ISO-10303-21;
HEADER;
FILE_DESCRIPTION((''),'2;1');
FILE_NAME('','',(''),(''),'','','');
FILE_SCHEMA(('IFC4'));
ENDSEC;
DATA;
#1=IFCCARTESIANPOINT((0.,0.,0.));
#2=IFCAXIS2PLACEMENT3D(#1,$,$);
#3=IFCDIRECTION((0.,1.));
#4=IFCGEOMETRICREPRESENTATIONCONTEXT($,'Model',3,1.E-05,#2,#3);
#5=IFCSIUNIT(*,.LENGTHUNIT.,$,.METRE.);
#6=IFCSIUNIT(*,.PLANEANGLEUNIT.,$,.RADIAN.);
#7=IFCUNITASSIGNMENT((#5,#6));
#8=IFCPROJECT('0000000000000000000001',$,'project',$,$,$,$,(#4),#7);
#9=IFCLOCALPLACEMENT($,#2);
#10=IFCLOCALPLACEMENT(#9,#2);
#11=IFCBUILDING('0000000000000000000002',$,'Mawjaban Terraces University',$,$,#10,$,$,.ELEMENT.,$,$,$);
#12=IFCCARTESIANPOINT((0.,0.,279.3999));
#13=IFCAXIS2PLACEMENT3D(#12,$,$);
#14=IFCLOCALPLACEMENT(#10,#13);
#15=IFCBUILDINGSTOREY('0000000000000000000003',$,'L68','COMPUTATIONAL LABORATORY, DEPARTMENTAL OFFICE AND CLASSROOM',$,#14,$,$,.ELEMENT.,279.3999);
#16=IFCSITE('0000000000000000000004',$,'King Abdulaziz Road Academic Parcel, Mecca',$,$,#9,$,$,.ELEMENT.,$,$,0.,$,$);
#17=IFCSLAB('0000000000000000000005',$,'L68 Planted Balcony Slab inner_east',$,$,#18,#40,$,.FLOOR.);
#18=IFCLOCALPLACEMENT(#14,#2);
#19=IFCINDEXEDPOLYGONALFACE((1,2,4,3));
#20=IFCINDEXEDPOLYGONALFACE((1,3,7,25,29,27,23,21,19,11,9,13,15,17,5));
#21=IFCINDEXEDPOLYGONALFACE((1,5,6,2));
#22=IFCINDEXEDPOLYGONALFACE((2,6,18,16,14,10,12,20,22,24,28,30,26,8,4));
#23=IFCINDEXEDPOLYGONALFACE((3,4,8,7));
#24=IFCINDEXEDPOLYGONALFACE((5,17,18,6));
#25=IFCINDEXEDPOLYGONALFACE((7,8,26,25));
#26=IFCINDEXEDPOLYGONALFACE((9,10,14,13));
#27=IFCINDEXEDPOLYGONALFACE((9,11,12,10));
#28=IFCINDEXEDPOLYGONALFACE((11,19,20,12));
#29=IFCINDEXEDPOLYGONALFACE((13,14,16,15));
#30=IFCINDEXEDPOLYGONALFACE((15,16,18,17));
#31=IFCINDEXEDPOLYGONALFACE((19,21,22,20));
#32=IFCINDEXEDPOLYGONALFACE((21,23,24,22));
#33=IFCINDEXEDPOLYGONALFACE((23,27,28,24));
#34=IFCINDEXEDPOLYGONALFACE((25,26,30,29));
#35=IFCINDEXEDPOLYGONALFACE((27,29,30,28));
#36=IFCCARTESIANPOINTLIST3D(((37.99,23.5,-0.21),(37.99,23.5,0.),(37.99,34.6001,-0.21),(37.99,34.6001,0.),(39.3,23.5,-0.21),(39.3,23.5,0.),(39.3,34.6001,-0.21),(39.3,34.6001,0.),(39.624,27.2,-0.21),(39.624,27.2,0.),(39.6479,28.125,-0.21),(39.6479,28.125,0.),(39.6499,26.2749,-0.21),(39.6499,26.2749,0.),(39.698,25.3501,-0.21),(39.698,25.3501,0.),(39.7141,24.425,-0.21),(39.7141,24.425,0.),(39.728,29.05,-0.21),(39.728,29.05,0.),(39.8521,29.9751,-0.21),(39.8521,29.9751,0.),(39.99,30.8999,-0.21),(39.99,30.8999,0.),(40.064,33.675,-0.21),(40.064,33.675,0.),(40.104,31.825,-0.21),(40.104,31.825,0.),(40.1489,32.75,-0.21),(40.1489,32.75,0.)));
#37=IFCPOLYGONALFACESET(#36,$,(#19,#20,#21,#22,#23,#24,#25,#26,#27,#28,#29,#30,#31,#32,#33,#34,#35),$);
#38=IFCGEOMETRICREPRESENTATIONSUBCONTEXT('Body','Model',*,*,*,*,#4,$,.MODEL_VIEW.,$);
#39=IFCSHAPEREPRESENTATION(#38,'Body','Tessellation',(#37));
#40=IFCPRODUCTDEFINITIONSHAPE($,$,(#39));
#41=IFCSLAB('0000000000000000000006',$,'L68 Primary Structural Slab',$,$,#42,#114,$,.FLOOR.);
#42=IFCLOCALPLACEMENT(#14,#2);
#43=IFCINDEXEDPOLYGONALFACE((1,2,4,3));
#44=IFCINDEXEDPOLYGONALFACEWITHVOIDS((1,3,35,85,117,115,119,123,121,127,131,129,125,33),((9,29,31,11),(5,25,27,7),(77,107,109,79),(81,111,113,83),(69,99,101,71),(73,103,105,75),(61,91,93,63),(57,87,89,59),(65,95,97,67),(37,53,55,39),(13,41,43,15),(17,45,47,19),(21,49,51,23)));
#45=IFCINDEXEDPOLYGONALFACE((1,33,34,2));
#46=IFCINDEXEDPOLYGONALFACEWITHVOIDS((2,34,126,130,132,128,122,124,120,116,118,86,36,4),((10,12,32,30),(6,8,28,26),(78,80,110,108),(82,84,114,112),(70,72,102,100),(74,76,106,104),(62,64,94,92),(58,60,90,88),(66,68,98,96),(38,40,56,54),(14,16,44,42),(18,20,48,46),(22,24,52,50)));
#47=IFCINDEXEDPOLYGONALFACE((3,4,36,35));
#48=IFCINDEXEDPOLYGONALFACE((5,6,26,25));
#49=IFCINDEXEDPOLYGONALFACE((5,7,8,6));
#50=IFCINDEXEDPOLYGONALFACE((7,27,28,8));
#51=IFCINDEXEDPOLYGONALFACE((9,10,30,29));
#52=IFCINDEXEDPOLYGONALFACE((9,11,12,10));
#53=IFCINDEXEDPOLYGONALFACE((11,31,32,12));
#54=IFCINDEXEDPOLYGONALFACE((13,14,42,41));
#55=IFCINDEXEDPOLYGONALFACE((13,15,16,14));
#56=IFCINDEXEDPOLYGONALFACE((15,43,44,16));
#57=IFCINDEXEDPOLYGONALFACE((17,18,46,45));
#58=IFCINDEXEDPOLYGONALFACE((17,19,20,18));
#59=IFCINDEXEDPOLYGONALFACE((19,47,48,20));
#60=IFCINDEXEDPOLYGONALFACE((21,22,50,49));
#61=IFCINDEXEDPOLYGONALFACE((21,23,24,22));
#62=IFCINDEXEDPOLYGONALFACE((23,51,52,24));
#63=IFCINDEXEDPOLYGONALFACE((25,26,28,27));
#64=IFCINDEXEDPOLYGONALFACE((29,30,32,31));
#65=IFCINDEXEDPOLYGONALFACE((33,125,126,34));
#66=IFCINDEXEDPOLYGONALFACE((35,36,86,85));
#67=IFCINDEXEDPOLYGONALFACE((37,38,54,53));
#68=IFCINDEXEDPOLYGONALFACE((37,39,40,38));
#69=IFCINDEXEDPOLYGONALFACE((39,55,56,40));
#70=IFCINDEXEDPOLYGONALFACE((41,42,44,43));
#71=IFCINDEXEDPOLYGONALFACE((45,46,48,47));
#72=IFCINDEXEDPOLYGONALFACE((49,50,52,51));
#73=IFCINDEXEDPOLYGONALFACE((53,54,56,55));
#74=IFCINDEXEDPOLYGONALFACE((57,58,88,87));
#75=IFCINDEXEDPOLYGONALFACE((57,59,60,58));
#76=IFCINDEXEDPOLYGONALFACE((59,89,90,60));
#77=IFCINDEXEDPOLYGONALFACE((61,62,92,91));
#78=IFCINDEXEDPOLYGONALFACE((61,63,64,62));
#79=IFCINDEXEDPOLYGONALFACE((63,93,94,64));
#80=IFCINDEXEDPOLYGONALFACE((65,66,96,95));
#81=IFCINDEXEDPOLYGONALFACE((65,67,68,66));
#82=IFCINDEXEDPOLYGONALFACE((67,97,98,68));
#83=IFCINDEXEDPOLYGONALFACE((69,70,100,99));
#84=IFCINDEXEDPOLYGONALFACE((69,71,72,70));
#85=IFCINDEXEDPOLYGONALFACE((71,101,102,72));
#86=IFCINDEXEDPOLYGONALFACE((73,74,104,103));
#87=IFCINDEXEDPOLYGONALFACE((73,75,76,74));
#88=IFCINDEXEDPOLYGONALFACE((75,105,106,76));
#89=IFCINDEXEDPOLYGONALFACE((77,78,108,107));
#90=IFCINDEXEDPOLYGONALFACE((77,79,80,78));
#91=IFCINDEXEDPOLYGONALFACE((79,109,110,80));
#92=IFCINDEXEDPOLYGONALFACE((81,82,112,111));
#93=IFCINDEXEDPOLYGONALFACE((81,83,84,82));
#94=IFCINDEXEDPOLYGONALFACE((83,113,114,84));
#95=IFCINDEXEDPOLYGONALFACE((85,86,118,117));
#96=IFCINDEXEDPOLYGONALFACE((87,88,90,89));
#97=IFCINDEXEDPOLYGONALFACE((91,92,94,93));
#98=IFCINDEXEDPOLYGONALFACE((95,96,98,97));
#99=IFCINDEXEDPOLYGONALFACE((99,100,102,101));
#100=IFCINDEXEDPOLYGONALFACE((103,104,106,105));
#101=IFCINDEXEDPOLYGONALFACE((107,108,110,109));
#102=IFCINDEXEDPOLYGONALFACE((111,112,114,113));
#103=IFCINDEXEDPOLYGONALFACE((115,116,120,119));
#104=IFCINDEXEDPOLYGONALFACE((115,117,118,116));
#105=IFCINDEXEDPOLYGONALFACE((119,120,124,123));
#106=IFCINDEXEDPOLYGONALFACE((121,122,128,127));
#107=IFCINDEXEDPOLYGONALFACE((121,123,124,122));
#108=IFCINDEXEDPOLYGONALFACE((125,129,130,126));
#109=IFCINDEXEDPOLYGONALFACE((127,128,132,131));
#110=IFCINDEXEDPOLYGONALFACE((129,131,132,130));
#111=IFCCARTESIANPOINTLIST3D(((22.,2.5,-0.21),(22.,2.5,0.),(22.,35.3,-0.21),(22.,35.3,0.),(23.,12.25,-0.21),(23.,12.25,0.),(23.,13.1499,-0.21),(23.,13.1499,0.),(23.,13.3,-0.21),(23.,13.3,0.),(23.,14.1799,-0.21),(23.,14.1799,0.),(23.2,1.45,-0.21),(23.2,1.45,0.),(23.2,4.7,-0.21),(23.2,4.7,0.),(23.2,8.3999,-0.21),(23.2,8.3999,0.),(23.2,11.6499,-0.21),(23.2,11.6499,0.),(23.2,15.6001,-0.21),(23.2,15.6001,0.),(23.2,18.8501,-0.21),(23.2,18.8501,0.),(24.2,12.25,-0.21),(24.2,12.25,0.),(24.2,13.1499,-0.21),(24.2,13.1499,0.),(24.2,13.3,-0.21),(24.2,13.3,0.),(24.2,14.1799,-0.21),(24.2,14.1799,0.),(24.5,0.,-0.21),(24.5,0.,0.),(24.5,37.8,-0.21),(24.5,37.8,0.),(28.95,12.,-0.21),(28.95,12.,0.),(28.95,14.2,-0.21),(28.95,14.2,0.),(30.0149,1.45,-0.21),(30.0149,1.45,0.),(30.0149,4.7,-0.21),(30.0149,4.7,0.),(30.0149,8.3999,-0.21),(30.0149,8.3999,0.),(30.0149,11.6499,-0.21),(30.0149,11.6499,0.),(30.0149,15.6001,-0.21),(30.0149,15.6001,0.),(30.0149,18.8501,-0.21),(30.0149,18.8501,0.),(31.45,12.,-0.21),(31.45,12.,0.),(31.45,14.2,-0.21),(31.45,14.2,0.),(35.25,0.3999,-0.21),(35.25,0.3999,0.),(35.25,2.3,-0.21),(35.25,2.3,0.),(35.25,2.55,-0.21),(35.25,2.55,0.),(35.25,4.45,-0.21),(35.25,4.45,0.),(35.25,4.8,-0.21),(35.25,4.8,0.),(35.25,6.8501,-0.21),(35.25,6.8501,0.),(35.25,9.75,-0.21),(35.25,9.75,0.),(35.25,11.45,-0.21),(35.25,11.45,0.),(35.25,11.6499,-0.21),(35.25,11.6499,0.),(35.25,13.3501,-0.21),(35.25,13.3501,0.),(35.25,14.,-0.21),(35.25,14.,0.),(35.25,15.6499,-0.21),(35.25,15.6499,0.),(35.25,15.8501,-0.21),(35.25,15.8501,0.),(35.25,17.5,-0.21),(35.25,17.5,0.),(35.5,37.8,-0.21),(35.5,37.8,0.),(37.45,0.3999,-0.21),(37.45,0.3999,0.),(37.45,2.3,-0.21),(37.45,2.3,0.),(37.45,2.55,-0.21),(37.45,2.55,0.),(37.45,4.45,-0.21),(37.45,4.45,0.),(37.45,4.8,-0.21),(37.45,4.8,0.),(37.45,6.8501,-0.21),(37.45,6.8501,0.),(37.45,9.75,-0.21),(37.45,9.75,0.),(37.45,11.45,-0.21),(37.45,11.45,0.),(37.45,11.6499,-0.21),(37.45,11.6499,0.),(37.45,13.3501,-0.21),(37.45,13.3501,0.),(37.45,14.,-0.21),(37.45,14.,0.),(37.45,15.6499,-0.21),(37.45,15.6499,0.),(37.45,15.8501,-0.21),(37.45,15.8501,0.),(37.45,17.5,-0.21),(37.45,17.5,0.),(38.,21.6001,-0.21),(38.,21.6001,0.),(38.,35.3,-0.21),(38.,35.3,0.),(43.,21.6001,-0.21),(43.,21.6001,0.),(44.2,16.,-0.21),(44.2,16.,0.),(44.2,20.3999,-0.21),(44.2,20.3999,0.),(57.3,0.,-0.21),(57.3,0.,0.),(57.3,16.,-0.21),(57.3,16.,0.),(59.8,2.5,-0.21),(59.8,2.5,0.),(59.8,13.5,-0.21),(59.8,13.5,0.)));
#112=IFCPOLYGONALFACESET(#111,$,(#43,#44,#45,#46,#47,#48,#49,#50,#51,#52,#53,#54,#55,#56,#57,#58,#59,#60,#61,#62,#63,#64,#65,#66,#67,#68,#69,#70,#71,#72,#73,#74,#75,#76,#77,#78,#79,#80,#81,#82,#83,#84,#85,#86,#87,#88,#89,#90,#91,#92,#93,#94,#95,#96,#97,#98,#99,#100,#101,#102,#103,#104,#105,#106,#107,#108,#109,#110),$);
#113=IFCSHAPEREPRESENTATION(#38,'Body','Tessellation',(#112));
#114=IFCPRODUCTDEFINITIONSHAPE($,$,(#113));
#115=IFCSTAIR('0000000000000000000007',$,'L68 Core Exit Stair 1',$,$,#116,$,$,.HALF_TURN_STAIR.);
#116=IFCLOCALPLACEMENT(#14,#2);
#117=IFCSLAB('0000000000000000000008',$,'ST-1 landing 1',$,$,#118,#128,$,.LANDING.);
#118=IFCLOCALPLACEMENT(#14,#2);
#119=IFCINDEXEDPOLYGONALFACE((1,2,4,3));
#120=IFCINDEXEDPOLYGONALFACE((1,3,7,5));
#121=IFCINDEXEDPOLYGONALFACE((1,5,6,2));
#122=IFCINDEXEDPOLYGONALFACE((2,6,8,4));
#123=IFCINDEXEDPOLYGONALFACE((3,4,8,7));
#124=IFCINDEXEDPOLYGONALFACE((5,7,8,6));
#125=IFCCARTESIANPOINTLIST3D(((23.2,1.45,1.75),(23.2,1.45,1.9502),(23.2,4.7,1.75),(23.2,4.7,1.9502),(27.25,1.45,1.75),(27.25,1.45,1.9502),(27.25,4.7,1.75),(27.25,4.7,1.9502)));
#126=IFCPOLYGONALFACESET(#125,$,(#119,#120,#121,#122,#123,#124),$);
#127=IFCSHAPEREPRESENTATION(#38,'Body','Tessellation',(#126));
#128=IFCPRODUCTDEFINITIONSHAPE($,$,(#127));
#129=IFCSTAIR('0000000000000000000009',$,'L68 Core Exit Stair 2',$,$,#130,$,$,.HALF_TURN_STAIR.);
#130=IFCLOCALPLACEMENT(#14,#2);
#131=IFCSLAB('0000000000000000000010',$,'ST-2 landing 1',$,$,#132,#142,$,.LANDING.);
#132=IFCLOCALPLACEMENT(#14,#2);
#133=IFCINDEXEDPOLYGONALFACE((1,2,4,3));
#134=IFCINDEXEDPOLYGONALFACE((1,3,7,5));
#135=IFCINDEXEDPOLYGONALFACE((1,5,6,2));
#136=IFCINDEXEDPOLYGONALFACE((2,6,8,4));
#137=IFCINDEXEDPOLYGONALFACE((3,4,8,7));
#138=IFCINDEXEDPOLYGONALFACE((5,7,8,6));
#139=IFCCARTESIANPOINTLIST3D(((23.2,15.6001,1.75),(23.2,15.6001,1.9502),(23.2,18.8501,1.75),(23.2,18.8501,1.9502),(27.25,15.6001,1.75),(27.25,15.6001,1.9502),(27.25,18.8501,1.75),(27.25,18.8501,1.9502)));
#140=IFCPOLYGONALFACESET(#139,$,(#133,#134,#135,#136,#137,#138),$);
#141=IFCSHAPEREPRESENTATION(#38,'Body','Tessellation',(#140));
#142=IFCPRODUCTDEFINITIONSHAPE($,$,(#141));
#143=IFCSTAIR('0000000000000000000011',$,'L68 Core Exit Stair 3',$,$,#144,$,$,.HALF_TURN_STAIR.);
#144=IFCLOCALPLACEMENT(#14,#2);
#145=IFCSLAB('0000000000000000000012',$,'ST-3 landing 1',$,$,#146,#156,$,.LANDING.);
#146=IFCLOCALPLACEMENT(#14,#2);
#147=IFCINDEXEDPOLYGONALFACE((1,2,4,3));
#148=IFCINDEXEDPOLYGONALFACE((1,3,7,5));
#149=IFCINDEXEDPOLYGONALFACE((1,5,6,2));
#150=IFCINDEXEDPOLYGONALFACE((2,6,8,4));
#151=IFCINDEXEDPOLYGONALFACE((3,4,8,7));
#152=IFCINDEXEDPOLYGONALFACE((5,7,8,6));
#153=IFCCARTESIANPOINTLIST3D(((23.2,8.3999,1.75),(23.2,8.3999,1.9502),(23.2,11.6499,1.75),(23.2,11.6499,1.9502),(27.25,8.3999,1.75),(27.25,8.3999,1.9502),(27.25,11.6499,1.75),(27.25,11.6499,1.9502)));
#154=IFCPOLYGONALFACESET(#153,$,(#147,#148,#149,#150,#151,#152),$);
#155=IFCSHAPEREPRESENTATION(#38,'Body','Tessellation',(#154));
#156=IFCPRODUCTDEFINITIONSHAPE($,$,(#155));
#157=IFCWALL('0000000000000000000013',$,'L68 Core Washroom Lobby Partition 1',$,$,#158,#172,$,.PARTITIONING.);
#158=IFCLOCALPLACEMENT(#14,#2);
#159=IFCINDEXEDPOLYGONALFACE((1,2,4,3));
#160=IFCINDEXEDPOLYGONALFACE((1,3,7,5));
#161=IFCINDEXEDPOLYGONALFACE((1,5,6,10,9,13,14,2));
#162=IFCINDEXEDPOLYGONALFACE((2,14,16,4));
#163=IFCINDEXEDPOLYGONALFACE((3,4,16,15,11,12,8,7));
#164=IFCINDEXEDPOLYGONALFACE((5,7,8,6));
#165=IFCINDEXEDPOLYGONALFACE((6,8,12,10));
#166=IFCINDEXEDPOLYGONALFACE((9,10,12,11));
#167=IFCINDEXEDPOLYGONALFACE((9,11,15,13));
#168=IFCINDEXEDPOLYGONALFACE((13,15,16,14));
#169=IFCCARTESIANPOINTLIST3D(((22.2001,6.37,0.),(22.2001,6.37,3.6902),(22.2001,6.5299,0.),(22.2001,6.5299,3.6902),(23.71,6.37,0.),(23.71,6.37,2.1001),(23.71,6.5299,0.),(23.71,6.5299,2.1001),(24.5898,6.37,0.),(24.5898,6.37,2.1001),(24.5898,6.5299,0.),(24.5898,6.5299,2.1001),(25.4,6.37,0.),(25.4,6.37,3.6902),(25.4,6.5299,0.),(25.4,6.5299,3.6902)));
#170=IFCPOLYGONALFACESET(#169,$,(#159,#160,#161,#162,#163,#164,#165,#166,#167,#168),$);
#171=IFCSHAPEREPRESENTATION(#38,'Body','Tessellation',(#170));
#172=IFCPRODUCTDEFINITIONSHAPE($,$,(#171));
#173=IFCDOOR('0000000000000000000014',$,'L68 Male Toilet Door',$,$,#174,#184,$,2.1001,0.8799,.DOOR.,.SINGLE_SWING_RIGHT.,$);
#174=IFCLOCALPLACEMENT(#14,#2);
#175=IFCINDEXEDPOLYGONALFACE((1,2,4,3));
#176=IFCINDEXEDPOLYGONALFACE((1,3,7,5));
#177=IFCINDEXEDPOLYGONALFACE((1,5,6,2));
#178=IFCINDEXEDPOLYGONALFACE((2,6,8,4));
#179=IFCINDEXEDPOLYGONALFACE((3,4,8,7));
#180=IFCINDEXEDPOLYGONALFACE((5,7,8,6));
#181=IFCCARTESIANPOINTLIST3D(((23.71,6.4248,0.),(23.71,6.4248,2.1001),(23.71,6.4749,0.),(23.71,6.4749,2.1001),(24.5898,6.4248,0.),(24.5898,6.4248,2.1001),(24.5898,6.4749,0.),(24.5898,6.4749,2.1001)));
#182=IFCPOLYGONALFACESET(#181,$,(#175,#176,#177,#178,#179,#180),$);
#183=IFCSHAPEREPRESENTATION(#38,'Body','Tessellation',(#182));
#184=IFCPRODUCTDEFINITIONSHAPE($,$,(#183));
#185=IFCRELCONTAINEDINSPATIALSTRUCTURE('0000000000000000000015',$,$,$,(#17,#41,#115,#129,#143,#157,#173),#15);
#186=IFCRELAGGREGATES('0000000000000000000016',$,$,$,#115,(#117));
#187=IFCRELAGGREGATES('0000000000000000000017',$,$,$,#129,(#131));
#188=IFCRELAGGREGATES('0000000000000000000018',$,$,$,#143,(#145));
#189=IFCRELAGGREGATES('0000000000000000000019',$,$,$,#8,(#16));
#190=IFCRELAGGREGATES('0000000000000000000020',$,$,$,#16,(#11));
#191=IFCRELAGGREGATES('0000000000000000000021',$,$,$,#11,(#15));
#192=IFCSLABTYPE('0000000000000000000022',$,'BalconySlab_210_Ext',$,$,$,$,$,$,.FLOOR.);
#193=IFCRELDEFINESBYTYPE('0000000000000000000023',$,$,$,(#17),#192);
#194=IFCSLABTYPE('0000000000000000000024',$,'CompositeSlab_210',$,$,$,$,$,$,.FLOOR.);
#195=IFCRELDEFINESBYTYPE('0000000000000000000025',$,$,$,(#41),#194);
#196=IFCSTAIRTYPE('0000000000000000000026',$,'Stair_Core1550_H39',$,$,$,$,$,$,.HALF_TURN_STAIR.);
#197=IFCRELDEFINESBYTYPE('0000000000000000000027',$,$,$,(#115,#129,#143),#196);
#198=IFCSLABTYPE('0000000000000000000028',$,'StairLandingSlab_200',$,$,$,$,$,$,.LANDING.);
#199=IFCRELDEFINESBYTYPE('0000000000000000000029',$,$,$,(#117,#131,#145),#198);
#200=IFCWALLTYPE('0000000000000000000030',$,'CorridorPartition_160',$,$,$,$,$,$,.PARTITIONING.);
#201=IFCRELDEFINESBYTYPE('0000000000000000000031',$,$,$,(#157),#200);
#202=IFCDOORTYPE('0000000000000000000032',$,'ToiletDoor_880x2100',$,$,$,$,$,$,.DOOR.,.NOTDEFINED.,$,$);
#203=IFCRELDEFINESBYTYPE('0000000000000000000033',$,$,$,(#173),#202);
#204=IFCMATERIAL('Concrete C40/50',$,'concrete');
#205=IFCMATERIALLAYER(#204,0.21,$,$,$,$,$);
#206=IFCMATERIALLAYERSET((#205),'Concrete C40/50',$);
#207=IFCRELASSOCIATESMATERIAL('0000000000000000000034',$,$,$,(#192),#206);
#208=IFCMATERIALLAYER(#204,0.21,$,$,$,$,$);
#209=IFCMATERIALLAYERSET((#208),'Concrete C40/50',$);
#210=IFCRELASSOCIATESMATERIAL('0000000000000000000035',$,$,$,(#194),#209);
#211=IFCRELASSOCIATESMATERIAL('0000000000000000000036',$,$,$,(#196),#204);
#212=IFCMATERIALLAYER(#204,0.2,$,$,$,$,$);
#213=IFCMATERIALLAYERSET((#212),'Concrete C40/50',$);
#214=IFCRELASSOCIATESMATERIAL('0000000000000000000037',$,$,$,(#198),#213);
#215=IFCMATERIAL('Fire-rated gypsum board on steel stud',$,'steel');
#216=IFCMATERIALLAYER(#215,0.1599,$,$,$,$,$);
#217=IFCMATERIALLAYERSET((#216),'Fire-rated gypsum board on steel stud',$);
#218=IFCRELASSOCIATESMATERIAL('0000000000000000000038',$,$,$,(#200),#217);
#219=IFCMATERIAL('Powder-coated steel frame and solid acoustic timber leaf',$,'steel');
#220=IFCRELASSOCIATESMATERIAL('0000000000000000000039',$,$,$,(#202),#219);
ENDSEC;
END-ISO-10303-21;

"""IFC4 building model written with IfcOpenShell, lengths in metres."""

from ifc_helpers import new_model, si_unit, direction, frame, frame_2d, origin, place, context, subcontext, project, spatial, polyline, rectangle, outline, extrude, material, layer, layer_set, type_object, element, fill, aggregate, save


model = new_model("IFC4")

# Units and contexts
model_context = context("Model", 3, precision=1e-05, world=origin(), true_north=direction((0.0, 1.0)))
body_context = subcontext(model_context, "Body", "Model", "MODEL_VIEW")
ifc_project = project(units=[si_unit("LENGTHUNIT", "METRE"), si_unit("PLANEANGLEUNIT", "RADIAN")], contexts=[model_context])

# Site, building, storey
site_placement = place(None, origin())
site = spatial("IfcSite", under=ifc_project, at=site_placement, Name="King Abdulaziz Road Academic Parcel, Mecca", CompositionType="ELEMENT", RefElevation=0.0)
building_placement = place(site_placement, origin())
building = spatial("IfcBuilding", under=site, at=building_placement, Name="Mawjaban Terraces University", CompositionType="ELEMENT")
storey_placement = place(building_placement, frame((0.0, 0.0, 279.3999)))
storey = spatial("IfcBuildingStorey", under=building, at=storey_placement, Name="L68", Description="COMPUTATIONAL LABORATORY, DEPARTMENTAL OFFICE AND CLASSROOM", CompositionType="ELEMENT", Elevation=279.3999)

# Slabs
ifc_material_1 = material(Name="Concrete C40/50", Category="concrete")
ifc_layer_1 = layer(ifc_material_1, 0.21)
ifc_layer_set_1 = layer_set([ifc_layer_1], Name="Concrete C40/50")
slab_type_1 = type_object("IfcSlabType", Name="BalconySlab_210_Ext", PredefinedType="FLOOR", material=ifc_layer_set_1)
slab_1_placement = place(storey_placement, frame((0.0, 0.0, -0.21)))
element("IfcSlab", 1, at=slab_1_placement, inside=storey, type_object=slab_type_1, Name="L68 Planted Balcony Slab inner_east", PredefinedType="FLOOR", context=body_context, shape_type="SweptSolid", body=[
    extrude(outline(polyline([(39.3, 23.5), (39.7141, 24.425), (39.698, 25.3501), (39.6499, 26.2749), (39.624, 27.2), (39.6479, 28.125), (39.728, 29.05), (39.8521, 29.9751), (39.99, 30.8999), (40.104, 31.825), (40.1489, 32.75), (40.064, 33.675), (39.3, 34.6001), (37.99, 34.6001), (37.99, 23.5), (39.3, 23.5)])), origin(), (0.0, 0.0, 1.0), 0.21),
])
ifc_layer_2 = layer(ifc_material_1, 0.21)
ifc_layer_set_2 = layer_set([ifc_layer_2], Name="Concrete C40/50")
slab_type_2 = type_object("IfcSlabType", Name="CompositeSlab_210", PredefinedType="FLOOR", material=ifc_layer_set_2)
slab_2_placement = place(storey_placement, frame((0.0, 0.0, -0.21)))
element("IfcSlab", 2, at=slab_2_placement, inside=storey, type_object=slab_type_2, Name="L68 Primary Structural Slab", PredefinedType="FLOOR", context=body_context, shape_type="SweptSolid", body=[
    extrude(outline(polyline([(24.5, 0.0), (57.3, 0.0), (59.8, 2.5), (59.8, 13.5), (57.3, 16.0), (44.2, 16.0), (44.2, 20.3999), (43.0, 21.6001), (38.0, 21.6001), (38.0, 35.3), (35.5, 37.8), (24.5, 37.8), (22.0, 35.3), (22.0, 2.5), (24.5, 0.0)]), holes=[polyline([(30.0149, 4.7), (23.2, 4.7), (23.2, 1.45), (30.0149, 1.45), (30.0149, 4.7)]), polyline([(30.0149, 18.8501), (23.2, 18.8501), (23.2, 15.6001), (30.0149, 15.6001), (30.0149, 18.8501)]), polyline([(30.0149, 11.6499), (23.2, 11.6499), (23.2, 8.3999), (30.0149, 8.3999), (30.0149, 11.6499)]), polyline([(35.25, 0.3999), (37.45, 0.3999), (37.45, 2.3), (35.25, 2.3), (35.25, 0.3999)]), polyline([(35.25, 2.55), (37.45, 2.55), (37.45, 4.45), (35.25, 4.45), (35.25, 2.55)]), polyline([(35.25, 4.8), (37.45, 4.8), (37.45, 6.8501), (35.25, 6.8501), (35.25, 4.8)]), polyline([(35.25, 9.75), (37.45, 9.75), (37.45, 11.45), (35.25, 11.45), (35.25, 9.75)]), polyline([(35.25, 11.6499), (37.45, 11.6499), (37.45, 13.3501), (35.25, 13.3501), (35.25, 11.6499)]), polyline([(28.95, 12.0), (31.45, 12.0), (31.45, 14.2), (28.95, 14.2), (28.95, 12.0)]), polyline([(35.25, 14.0), (37.45, 14.0), (37.45, 15.6499), (35.25, 15.6499), (35.25, 14.0)]), polyline([(35.25, 15.8501), (37.45, 15.8501), (37.45, 17.5), (35.25, 17.5), (35.25, 15.8501)]), polyline([(23.0, 12.25), (24.2, 12.25), (24.2, 13.1499), (23.0, 13.1499), (23.0, 12.25)]), polyline([(23.0, 13.3), (24.2, 13.3), (24.2, 14.1799), (23.0, 14.1799), (23.0, 13.3)])]), origin(), (0.0, 0.0, 1.0), 0.21),
])

# Stairs, slabs
stair_type = type_object("IfcStairType", Name="Stair_Core1550_H39", PredefinedType="HALF_TURN_STAIR", material=ifc_material_1)
stair_1_placement = place(storey_placement, origin())
stair_1 = element("IfcStair", 3, at=stair_1_placement, inside=storey, type_object=stair_type, Name="L68 Core Exit Stair 1", PredefinedType="HALF_TURN_STAIR")
ifc_layer_3 = layer(ifc_material_1, 0.2)
ifc_layer_set_3 = layer_set([ifc_layer_3], Name="Concrete C40/50")
slab_type_3 = type_object("IfcSlabType", Name="StairLandingSlab_200", PredefinedType="LANDING", material=ifc_layer_set_3)
slab_3_placement = place(storey_placement, frame((0.0, 0.0, 1.75)))
slab_3 = element("IfcSlab", 4, at=slab_3_placement, type_object=slab_type_3, Name="ST-1 landing 1", PredefinedType="LANDING", context=body_context, shape_type="SweptSolid", body=[
    extrude(outline(polyline([(27.25, 4.7), (23.2, 4.7), (23.2, 1.45), (27.25, 1.45), (27.25, 4.7)])), origin(), (0.0, 0.0, 1.0), 0.2002),
])
aggregate(stair_1, [slab_3])
stair_2_placement = place(storey_placement, origin())
stair_2 = element("IfcStair", 5, at=stair_2_placement, inside=storey, type_object=stair_type, Name="L68 Core Exit Stair 2", PredefinedType="HALF_TURN_STAIR")
slab_4_placement = place(storey_placement, frame((0.0, 0.0, 1.75)))
slab_4 = element("IfcSlab", 6, at=slab_4_placement, type_object=slab_type_3, Name="ST-2 landing 1", PredefinedType="LANDING", context=body_context, shape_type="SweptSolid", body=[
    extrude(outline(polyline([(27.25, 18.8501), (23.2, 18.8501), (23.2, 15.6001), (27.25, 15.6001), (27.25, 18.8501)])), origin(), (0.0, 0.0, 1.0), 0.2002),
])
aggregate(stair_2, [slab_4])
stair_3_placement = place(storey_placement, origin())
stair_3 = element("IfcStair", 7, at=stair_3_placement, inside=storey, type_object=stair_type, Name="L68 Core Exit Stair 3", PredefinedType="HALF_TURN_STAIR")
slab_5_placement = place(storey_placement, frame((0.0, 0.0, 1.75)))
slab_5 = element("IfcSlab", 8, at=slab_5_placement, type_object=slab_type_3, Name="ST-3 landing 1", PredefinedType="LANDING", context=body_context, shape_type="SweptSolid", body=[
    extrude(outline(polyline([(27.25, 11.6499), (23.2, 11.6499), (23.2, 8.3999), (27.25, 8.3999), (27.25, 11.6499)])), origin(), (0.0, 0.0, 1.0), 0.2002),
])
aggregate(stair_3, [slab_5])

# Wall, opening, door
ifc_material_2 = material(Name="Fire-rated gypsum board on steel stud", Category="steel")
ifc_layer_4 = layer(ifc_material_2, 0.1599)
ifc_layer_set_4 = layer_set([ifc_layer_4], Name="Fire-rated gypsum board on steel stud")
wall_type_1 = type_object("IfcWallType", Name="CorridorPartition_160", PredefinedType="PARTITIONING", material=ifc_layer_set_4)
wall_1_placement = place(storey_placement, frame((22.2, 6.45, 0.0), z_axis=(0.0, 0.0, 1.0), x_axis=(1.0, 0.0, 0.0)))
wall_1 = element("IfcWall", 9, at=wall_1_placement, inside=storey, type_object=wall_type_1, Name="L68 Core Washroom Lobby Partition 1", PredefinedType="PARTITIONING", context=body_context, shape_type="SweptSolid", body=[
    extrude(rectangle(XDim=3.2, YDim=0.1599, at=frame_2d((1.6001, 0.0))), origin(), (0.0, 0.0, 1.0), 3.6902),
])
opening_1_placement = place(wall_1_placement, frame((1.51, 0.0, 0.0)))
opening_1 = element("IfcOpeningElement", 10, at=opening_1_placement, cuts=wall_1, PredefinedType="OPENING", context=body_context, shape_type="SweptSolid", body=[
    extrude(rectangle(XDim=0.8799, YDim=2.1001, at=frame_2d((0.4399, 1.05))), frame((0.0, 0.0898, 0.0), z_axis=(0.0, -1.0, 0.0), x_axis=(1.0, 0.0, 0.0)), (0.0, 0.0, 1.0), 0.1799),
])
ifc_material_3 = material(Name="Powder-coated steel frame and solid acoustic timber leaf", Category="steel")
door_type = type_object("IfcDoorType", Name="ToiletDoor_880x2100", OperationType="NOTDEFINED", PredefinedType="DOOR", material=ifc_material_3)
door_1_placement = place(opening_1_placement, origin())
door_1 = element("IfcDoor", 11, at=door_1_placement, inside=storey, type_object=door_type, Name="L68 Male Toilet Door", OperationType="SINGLE_SWING_RIGHT", OverallHeight=2.1001, OverallWidth=0.8799, PredefinedType="DOOR", context=body_context, shape_type="SweptSolid", body=[
    extrude(rectangle(XDim=0.8799, YDim=2.1001, at=frame_2d((0.4399, 1.05))), frame((0.0, 0.0249, 0.0), z_axis=(0.0, -1.0, 0.0), x_axis=(1.0, 0.0, 0.0)), (0.0, 0.0, 1.0), 0.05),
])
fill(opening_1, door_1)

save(model, "model.ifc")
